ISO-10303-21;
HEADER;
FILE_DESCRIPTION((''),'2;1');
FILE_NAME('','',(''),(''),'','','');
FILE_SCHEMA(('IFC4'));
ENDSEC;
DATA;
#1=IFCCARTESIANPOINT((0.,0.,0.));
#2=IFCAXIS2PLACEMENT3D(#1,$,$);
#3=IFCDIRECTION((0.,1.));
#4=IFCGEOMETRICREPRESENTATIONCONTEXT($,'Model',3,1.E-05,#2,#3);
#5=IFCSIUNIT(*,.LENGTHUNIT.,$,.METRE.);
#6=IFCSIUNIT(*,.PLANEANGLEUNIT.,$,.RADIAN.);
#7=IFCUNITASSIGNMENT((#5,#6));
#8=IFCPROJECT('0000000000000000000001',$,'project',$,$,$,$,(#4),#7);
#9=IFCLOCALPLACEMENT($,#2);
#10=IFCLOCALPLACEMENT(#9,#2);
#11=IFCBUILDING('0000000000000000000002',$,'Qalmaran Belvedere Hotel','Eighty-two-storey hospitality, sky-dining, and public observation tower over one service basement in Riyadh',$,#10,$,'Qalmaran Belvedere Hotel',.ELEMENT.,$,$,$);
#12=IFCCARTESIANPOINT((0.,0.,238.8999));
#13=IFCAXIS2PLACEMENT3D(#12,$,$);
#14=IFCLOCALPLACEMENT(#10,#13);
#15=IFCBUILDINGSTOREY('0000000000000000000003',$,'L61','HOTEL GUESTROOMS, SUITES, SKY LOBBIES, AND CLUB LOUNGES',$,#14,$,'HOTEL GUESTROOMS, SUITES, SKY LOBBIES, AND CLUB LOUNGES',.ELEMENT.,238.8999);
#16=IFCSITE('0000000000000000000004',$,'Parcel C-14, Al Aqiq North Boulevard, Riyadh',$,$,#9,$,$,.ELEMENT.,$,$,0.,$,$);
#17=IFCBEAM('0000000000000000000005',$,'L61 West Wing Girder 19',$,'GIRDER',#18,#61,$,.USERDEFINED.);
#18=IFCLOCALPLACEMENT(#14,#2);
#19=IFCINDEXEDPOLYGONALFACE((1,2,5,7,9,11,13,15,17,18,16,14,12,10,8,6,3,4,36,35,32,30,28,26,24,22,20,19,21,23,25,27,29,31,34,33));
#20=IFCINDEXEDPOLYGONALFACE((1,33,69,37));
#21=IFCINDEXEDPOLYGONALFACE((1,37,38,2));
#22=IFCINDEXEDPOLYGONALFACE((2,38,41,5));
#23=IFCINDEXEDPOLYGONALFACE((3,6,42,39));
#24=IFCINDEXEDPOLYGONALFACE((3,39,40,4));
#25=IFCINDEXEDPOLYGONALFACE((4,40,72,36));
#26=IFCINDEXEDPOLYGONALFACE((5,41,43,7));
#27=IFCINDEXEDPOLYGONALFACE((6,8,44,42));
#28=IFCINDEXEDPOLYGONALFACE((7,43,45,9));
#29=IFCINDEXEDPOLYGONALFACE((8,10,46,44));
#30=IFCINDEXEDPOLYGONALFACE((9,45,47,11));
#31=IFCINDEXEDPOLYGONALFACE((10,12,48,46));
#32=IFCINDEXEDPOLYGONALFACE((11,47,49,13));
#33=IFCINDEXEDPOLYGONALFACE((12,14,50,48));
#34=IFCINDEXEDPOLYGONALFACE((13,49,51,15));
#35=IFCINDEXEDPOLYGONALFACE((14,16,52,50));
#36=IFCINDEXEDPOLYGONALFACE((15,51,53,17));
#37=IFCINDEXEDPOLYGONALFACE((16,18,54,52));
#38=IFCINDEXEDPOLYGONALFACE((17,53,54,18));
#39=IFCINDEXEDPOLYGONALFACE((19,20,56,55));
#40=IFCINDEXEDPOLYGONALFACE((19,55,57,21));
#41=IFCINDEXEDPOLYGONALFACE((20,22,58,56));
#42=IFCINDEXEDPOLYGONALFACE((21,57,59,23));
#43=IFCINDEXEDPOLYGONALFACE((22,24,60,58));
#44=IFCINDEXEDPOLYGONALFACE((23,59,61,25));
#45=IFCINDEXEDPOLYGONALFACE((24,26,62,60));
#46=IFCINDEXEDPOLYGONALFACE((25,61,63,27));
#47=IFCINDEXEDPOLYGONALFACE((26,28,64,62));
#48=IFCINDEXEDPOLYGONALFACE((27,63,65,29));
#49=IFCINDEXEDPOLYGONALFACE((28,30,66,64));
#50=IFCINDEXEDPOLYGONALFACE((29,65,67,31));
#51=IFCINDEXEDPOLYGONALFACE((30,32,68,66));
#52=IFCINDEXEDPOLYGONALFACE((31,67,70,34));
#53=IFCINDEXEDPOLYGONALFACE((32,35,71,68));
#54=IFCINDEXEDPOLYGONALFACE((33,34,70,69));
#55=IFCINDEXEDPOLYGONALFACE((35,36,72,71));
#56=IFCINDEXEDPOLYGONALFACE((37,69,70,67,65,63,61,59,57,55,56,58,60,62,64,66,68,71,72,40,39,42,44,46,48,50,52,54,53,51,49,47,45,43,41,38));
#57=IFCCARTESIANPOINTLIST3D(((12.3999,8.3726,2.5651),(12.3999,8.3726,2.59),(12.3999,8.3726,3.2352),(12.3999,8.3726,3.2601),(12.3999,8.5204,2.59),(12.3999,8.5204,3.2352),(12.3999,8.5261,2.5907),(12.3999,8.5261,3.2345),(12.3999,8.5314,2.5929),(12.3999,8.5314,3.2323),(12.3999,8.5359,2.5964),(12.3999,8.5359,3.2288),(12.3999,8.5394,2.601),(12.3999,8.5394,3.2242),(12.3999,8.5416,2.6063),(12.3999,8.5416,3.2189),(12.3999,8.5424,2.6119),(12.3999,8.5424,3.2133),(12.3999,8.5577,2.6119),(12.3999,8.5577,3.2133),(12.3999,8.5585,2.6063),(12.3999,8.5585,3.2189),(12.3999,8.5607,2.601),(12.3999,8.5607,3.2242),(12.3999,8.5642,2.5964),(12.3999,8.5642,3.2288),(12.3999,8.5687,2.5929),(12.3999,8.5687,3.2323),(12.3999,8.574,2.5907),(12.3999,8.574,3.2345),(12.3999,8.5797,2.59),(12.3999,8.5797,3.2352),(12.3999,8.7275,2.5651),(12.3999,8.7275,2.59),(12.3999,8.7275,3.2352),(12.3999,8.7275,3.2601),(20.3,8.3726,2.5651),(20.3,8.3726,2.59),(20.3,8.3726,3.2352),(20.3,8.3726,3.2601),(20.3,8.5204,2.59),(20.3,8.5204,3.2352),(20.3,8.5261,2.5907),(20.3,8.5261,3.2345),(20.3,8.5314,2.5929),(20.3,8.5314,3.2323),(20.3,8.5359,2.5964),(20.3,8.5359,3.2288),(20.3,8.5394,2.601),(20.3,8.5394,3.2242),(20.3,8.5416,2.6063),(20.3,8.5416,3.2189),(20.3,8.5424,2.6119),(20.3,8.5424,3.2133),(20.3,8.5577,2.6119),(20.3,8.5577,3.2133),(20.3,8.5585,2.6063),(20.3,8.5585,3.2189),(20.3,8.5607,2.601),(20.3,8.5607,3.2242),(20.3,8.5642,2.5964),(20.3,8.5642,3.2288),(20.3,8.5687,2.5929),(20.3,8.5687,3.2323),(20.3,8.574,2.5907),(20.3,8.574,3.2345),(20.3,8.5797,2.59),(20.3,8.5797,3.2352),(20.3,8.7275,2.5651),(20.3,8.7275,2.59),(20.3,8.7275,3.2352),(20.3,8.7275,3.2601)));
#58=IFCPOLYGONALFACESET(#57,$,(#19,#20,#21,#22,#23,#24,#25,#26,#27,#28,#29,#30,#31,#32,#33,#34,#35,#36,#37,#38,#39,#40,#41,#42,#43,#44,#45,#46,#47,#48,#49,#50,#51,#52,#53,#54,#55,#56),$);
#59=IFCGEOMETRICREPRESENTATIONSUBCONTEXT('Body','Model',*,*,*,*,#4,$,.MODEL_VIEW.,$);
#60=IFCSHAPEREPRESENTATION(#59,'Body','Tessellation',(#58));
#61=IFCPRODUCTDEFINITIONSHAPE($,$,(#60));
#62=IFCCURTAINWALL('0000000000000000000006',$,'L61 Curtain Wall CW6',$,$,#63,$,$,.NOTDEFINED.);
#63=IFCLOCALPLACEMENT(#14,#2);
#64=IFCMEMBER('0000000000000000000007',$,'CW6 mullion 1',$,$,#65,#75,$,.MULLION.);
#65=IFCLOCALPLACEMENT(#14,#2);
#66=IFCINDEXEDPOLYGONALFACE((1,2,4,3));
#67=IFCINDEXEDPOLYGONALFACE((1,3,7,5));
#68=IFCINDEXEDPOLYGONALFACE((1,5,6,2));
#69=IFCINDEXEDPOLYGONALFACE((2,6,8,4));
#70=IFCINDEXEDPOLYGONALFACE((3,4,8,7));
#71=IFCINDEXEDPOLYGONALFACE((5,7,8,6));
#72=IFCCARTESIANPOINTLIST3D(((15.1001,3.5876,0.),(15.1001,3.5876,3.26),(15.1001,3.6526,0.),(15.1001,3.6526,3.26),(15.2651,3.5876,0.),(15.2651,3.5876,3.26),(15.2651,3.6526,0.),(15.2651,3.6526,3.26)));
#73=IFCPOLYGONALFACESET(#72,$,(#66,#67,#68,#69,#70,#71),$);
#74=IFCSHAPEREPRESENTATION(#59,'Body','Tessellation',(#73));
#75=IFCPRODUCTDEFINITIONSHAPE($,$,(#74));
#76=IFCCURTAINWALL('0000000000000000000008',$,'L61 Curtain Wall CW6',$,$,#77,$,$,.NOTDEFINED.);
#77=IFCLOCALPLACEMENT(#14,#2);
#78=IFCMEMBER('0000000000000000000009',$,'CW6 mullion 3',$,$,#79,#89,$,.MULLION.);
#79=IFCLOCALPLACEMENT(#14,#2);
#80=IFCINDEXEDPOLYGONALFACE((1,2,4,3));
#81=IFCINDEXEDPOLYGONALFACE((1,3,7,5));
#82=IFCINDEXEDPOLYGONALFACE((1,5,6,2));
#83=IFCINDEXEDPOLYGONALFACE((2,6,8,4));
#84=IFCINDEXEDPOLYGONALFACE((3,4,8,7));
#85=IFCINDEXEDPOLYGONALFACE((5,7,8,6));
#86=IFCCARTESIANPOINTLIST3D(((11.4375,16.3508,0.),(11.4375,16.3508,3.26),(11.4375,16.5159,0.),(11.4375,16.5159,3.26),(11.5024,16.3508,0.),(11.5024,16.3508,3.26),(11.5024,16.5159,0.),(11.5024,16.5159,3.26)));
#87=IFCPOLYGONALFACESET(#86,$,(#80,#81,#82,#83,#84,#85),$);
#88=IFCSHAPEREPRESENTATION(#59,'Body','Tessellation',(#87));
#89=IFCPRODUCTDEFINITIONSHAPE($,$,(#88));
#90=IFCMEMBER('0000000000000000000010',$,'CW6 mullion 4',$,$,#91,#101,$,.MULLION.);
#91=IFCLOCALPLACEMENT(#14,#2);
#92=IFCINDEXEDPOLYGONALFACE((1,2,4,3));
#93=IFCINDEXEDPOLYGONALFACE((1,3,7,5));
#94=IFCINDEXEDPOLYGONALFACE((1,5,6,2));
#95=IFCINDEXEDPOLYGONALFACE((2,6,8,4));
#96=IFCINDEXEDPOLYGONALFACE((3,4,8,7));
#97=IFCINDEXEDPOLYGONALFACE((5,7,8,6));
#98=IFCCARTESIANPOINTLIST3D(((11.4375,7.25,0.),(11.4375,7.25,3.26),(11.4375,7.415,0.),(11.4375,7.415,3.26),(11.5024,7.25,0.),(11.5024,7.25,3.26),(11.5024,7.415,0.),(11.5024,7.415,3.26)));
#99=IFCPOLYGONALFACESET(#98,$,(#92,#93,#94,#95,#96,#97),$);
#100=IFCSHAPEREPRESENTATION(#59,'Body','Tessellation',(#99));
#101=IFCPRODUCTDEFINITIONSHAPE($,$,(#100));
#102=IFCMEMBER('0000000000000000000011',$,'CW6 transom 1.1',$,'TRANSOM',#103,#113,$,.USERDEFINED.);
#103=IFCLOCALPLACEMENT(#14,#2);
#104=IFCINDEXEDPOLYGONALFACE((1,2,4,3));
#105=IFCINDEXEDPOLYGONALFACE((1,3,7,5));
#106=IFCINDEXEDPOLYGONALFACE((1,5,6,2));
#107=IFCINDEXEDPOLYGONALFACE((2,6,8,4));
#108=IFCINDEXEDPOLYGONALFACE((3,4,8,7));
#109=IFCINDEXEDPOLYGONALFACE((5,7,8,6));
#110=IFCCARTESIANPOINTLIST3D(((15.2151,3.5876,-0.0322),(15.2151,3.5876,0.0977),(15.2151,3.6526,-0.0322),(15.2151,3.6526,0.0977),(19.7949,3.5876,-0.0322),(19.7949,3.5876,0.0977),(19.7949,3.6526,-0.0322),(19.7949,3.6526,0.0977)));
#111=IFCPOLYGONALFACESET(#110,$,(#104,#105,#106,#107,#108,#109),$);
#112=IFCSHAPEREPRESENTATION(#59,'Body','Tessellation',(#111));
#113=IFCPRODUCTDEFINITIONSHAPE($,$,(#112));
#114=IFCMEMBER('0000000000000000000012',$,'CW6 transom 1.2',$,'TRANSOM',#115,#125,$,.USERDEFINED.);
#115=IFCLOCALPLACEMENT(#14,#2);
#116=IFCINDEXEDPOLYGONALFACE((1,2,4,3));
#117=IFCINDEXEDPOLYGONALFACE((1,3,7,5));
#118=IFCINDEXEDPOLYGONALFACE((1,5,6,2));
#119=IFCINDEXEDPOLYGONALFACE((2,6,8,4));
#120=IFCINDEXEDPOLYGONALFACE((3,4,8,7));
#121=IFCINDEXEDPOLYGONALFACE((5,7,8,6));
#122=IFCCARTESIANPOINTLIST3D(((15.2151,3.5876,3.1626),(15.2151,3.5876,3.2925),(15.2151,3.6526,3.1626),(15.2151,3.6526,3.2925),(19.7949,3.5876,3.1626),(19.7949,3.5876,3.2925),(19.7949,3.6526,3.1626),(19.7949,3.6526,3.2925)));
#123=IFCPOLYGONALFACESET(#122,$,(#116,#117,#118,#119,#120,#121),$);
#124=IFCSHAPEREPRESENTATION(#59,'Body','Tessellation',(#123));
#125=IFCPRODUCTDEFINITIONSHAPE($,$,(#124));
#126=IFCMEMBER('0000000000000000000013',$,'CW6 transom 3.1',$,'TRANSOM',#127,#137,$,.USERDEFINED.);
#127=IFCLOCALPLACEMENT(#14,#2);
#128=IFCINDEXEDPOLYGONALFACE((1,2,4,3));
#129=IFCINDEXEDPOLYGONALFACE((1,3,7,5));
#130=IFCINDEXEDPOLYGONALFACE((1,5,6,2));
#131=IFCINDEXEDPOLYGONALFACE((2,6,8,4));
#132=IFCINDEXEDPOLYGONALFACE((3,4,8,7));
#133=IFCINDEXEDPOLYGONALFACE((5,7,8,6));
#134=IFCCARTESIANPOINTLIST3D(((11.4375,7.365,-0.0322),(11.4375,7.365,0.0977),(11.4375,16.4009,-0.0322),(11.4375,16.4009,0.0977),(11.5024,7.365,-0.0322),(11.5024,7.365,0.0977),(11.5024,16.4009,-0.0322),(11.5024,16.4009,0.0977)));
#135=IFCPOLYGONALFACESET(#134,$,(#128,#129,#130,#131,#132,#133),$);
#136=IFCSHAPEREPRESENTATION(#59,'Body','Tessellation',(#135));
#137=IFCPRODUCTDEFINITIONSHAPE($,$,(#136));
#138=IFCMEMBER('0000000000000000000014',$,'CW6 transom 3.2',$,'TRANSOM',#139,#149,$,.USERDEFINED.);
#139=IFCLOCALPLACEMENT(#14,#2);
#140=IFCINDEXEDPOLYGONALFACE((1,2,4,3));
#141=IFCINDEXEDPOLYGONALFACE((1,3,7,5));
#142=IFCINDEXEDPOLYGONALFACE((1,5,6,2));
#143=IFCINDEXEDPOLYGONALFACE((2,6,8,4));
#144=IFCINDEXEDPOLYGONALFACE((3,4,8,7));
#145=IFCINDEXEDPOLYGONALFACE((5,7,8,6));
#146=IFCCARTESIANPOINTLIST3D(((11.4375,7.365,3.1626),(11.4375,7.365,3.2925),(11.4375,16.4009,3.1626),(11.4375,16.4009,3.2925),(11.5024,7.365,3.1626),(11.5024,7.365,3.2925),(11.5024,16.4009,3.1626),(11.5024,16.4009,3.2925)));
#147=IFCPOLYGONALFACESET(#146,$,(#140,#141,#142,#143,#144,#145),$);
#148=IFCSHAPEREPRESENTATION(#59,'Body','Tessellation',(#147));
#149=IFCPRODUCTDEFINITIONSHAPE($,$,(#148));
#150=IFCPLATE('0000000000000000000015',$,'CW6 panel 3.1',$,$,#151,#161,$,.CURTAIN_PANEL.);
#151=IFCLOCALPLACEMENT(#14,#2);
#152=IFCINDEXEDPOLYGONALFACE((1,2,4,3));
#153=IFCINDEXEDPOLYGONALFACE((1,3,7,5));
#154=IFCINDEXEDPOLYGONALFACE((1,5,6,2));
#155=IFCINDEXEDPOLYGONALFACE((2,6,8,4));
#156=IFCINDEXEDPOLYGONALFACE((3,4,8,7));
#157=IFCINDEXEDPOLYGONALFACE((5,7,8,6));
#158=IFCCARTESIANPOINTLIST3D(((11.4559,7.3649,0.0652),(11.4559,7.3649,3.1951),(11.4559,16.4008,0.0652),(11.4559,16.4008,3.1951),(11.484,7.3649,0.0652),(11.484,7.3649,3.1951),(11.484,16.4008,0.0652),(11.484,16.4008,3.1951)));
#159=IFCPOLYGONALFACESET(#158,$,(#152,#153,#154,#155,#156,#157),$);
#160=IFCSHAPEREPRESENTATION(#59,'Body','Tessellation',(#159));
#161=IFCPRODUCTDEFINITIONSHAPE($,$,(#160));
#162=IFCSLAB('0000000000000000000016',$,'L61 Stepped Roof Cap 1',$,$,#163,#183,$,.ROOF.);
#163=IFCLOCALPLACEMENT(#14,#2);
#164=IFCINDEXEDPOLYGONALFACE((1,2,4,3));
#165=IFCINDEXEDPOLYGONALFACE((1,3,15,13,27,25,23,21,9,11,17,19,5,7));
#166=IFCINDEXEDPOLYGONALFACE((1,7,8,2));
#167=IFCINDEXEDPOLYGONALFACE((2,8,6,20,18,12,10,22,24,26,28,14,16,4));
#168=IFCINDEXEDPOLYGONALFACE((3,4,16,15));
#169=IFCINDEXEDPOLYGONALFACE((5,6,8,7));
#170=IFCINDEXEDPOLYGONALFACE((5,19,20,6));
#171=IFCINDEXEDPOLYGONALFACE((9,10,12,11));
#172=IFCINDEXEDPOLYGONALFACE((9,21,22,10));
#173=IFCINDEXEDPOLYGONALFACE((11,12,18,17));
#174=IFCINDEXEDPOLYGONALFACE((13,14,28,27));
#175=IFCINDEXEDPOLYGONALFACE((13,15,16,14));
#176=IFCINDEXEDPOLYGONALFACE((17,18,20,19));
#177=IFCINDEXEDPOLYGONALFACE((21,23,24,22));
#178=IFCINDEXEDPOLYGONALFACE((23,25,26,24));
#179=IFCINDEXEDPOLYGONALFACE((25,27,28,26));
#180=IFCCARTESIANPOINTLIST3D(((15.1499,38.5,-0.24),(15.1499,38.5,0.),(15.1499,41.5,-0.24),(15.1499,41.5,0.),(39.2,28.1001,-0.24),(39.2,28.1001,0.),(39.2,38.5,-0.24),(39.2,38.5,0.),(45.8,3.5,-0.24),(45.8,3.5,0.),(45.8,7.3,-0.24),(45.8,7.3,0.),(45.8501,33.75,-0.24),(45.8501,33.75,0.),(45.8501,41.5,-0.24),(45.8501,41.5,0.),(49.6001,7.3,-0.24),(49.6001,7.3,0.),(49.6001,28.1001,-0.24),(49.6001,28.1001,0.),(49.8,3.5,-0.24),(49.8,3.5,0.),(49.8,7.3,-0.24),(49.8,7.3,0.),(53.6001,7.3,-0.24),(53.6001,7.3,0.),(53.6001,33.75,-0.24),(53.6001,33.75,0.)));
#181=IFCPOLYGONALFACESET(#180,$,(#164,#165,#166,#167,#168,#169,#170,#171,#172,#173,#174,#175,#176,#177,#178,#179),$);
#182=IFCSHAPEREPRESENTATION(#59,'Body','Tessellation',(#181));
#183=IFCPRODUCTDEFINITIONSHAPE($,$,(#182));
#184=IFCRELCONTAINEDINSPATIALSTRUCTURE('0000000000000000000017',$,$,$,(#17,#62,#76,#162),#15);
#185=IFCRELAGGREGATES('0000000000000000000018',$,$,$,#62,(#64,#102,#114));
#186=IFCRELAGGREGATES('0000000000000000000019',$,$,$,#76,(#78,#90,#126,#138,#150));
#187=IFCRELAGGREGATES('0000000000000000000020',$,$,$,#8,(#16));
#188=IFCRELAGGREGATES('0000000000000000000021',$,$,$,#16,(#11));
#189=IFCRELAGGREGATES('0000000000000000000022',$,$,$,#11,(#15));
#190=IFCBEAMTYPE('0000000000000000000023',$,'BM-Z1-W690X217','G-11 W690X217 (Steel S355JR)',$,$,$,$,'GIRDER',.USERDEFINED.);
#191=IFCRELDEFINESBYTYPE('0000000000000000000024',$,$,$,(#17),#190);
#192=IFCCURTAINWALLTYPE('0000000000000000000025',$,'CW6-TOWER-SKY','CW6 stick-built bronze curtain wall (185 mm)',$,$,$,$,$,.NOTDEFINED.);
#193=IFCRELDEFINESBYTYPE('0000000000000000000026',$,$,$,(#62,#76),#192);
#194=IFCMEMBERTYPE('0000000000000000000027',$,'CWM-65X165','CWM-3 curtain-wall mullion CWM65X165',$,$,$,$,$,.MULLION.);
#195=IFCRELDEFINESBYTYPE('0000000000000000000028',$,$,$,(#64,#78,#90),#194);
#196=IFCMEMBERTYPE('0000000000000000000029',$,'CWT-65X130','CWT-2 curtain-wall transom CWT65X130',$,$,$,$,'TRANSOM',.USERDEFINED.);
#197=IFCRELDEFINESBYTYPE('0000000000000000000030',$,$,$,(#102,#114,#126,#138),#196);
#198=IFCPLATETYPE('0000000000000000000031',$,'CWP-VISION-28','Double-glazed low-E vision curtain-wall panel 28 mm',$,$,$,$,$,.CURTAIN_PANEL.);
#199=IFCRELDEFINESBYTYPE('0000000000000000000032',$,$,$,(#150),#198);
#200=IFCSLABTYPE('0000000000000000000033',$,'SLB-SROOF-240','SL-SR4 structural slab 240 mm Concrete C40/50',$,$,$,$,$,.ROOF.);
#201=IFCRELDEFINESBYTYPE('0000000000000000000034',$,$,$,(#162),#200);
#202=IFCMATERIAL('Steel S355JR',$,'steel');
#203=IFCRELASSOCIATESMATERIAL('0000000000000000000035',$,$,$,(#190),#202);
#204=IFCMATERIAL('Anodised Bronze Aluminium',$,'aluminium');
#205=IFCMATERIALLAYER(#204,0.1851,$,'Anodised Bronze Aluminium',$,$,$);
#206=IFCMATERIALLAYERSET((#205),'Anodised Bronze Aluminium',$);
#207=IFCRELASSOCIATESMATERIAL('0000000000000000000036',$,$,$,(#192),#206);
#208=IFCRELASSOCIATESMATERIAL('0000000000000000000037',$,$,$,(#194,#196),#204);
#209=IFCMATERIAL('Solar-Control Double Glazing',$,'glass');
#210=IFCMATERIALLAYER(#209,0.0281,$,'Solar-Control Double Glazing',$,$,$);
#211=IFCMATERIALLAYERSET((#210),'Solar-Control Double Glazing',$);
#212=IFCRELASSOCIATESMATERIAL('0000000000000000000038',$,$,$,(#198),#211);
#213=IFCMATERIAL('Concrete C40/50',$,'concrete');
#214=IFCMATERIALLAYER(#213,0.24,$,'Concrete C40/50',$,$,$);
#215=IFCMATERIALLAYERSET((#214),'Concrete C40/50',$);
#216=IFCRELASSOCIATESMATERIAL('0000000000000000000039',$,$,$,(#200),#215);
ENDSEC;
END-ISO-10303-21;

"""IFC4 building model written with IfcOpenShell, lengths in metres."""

from ifc_helpers import new_model, si_unit, direction, frame, origin, origin_2d, place, context, subcontext, project, spatial, polyline, rectangle, i_section, outline, extrude, material, layer, layer_set, material_profile, profile_set, type_object, element, aggregate, save


model = new_model("IFC4")

# Units and contexts
model_context = context("Model", 3, precision=1e-05, world=origin(), true_north=direction((0.0, 1.0)))
body_context = subcontext(model_context, "Body", "Model", "MODEL_VIEW")
ifc_project = project(units=[si_unit("LENGTHUNIT", "METRE"), si_unit("PLANEANGLEUNIT", "RADIAN")], contexts=[model_context])

# Site, building, storey
site_placement = place(None, origin())
site = spatial("IfcSite", under=ifc_project, at=site_placement, Name="Parcel C-14, Al Aqiq North Boulevard, Riyadh", CompositionType="ELEMENT", RefElevation=0.0)
building_placement = place(site_placement, origin())
building = spatial("IfcBuilding", under=site, at=building_placement, Name="Qalmaran Belvedere Hotel", Description="Eighty-two-storey hospitality, sky-dining, and public observation tower over one service basement in Riyadh", LongName="Qalmaran Belvedere Hotel", CompositionType="ELEMENT")
storey_placement = place(building_placement, frame((0.0, 0.0, 238.8999)))
storey = spatial("IfcBuildingStorey", under=building, at=storey_placement, Name="L61", Description="HOTEL GUESTROOMS, SUITES, SKY LOBBIES, AND CLUB LOUNGES", LongName="HOTEL GUESTROOMS, SUITES, SKY LOBBIES, AND CLUB LOUNGES", CompositionType="ELEMENT", Elevation=238.8999)

# Beam
ifc_material_1 = material(Name="Steel S355JR", Category="steel")
ifc_material_profile_1 = material_profile(ifc_material_1, i_section(OverallWidth=0.355, OverallDepth=0.6951, WebThickness=0.0154, FlangeThickness=0.0249, FilletRadius=0.022, at=origin_2d()), Name="W690X217")
ifc_profile_set_1 = profile_set([ifc_material_profile_1], Name="Steel S355JR")
beam_type_1 = type_object("IfcBeamType", Name="BM-Z1-W690X217", Description="G-11 W690X217 (Steel S355JR)", ElementType="GIRDER", PredefinedType="USERDEFINED", material=ifc_profile_set_1)
beam_1_placement = place(storey_placement, frame((12.3999, 8.55, 2.9126), z_axis=(1.0, 0.0, 0.0), x_axis=(0.0, 1.0, 0.0)))
element("IfcBeam", 1, at=beam_1_placement, inside=storey, type_object=beam_type_1, Name="L61 West Wing Girder 19", ObjectType="GIRDER", PredefinedType="USERDEFINED", context=body_context, shape_type="SweptSolid", body=[
    extrude(i_section(OverallWidth=0.355, OverallDepth=0.6951, WebThickness=0.0154, FlangeThickness=0.0249, FilletRadius=0.022, at=origin_2d()), origin(), (0.0, 0.0, 1.0), 7.9001),
])

# Curtain wall, member
ifc_material_2 = material(Name="Anodised Bronze Aluminium", Category="aluminium")
ifc_layer_1 = layer(ifc_material_2, 0.1851, Name="Anodised Bronze Aluminium")
ifc_layer_set_1 = layer_set([ifc_layer_1], Name="Anodised Bronze Aluminium")
curtain_wall_type = type_object("IfcCurtainWallType", Name="CW6-TOWER-SKY", Description="CW6 stick-built bronze curtain wall (185 mm)", PredefinedType="NOTDEFINED", material=ifc_layer_set_1)
curtain_wall_1_placement = place(storey_placement, origin())
curtain_wall_1 = element("IfcCurtainWall", 2, at=curtain_wall_1_placement, inside=storey, type_object=curtain_wall_type, Name="L61 Curtain Wall CW6", PredefinedType="NOTDEFINED")
ifc_material_profile_2 = material_profile(ifc_material_2, rectangle(XDim=0.0649, YDim=0.165, at=origin_2d()), Name="CWM65X165")
ifc_profile_set_2 = profile_set([ifc_material_profile_2], Name="Anodised Bronze Aluminium")
member_type_1 = type_object("IfcMemberType", Name="CWM-65X165", Description="CWM-3 curtain-wall mullion CWM65X165", PredefinedType="MULLION", material=ifc_profile_set_2)
member_1_placement = place(storey_placement, frame((15.1826, 3.6201, 0.0), z_axis=(0.0, 0.0, 1.0), x_axis=(0.0, 1.0, 0.0)))
member_1 = element("IfcMember", 3, at=member_1_placement, type_object=member_type_1, Name="CW6 mullion 1", PredefinedType="MULLION", context=body_context, shape_type="SweptSolid", body=[
    extrude(rectangle(XDim=0.0649, YDim=0.165, at=origin_2d()), origin(), (0.0, 0.0, 1.0), 3.26),
])

# Curtain wall, members
curtain_wall_2_placement = place(storey_placement, origin())
curtain_wall_2 = element("IfcCurtainWall", 4, at=curtain_wall_2_placement, inside=storey, type_object=curtain_wall_type, Name="L61 Curtain Wall CW6", PredefinedType="NOTDEFINED")
member_2_placement = place(storey_placement, frame((11.47, 16.4333, 0.0), z_axis=(0.0, 0.0, 1.0), x_axis=(1.0, 0.0, 0.0)))
member_2 = element("IfcMember", 5, at=member_2_placement, type_object=member_type_1, Name="CW6 mullion 3", PredefinedType="MULLION", context=body_context, shape_type="SweptSolid", body=[
    extrude(rectangle(XDim=0.0649, YDim=0.165, at=origin_2d()), origin(), (0.0, 0.0, 1.0), 3.26),
])
member_3_placement = place(storey_placement, frame((11.47, 7.3325, 0.0), z_axis=(0.0, 0.0, 1.0), x_axis=(1.0, 0.0, 0.0)))
member_3 = element("IfcMember", 6, at=member_3_placement, type_object=member_type_1, Name="CW6 mullion 4", PredefinedType="MULLION", context=body_context, shape_type="SweptSolid", body=[
    extrude(rectangle(XDim=0.0649, YDim=0.165, at=origin_2d()), origin(), (0.0, 0.0, 1.0), 3.26),
])

# Members
ifc_material_profile_3 = material_profile(ifc_material_2, rectangle(XDim=0.0649, YDim=0.1299, at=origin_2d()), Name="CWT65X130")
ifc_profile_set_3 = profile_set([ifc_material_profile_3], Name="Anodised Bronze Aluminium")
member_type_2 = type_object("IfcMemberType", Name="CWT-65X130", Description="CWT-2 curtain-wall transom CWT65X130", ElementType="TRANSOM", PredefinedType="USERDEFINED", material=ifc_profile_set_3)
member_4_placement = place(storey_placement, frame((15.2151, 3.6201, 0.0327), z_axis=(1.0, 0.0, 0.0), x_axis=(0.0, 1.0, 0.0)))
member_4 = element("IfcMember", 7, at=member_4_placement, type_object=member_type_2, Name="CW6 transom 1.1", ObjectType="TRANSOM", PredefinedType="USERDEFINED", context=body_context, shape_type="SweptSolid", body=[
    extrude(rectangle(XDim=0.0649, YDim=0.1299, at=origin_2d()), origin(), (0.0, 0.0, 1.0), 4.5798),
])
member_5_placement = place(storey_placement, frame((15.2151, 3.6201, 3.2275), z_axis=(1.0, 0.0, 0.0), x_axis=(0.0, 1.0, 0.0)))
member_5 = element("IfcMember", 8, at=member_5_placement, type_object=member_type_2, Name="CW6 transom 1.2", ObjectType="TRANSOM", PredefinedType="USERDEFINED", context=body_context, shape_type="SweptSolid", body=[
    extrude(rectangle(XDim=0.0649, YDim=0.1299, at=origin_2d()), origin(), (0.0, 0.0, 1.0), 4.5798),
])
aggregate(curtain_wall_1, [member_1, member_4, member_5])
member_6_placement = place(storey_placement, frame((11.47, 16.4009, 0.0327), z_axis=(0.0, -1.0, 0.0), x_axis=(1.0, 0.0, 0.0)))
member_6 = element("IfcMember", 9, at=member_6_placement, type_object=member_type_2, Name="CW6 transom 3.1", ObjectType="TRANSOM", PredefinedType="USERDEFINED", context=body_context, shape_type="SweptSolid", body=[
    extrude(rectangle(XDim=0.0649, YDim=0.1299, at=origin_2d()), origin(), (0.0, 0.0, 1.0), 9.0359),
])
member_7_placement = place(storey_placement, frame((11.47, 16.4009, 3.2275), z_axis=(0.0, -1.0, 0.0), x_axis=(1.0, 0.0, 0.0)))
member_7 = element("IfcMember", 10, at=member_7_placement, type_object=member_type_2, Name="CW6 transom 3.2", ObjectType="TRANSOM", PredefinedType="USERDEFINED", context=body_context, shape_type="SweptSolid", body=[
    extrude(rectangle(XDim=0.0649, YDim=0.1299, at=origin_2d()), origin(), (0.0, 0.0, 1.0), 9.0359),
])

# Plate
ifc_material_3 = material(Name="Solar-Control Double Glazing", Category="glass")
ifc_layer_2 = layer(ifc_material_3, 0.0281, Name="Solar-Control Double Glazing")
ifc_layer_set_2 = layer_set([ifc_layer_2], Name="Solar-Control Double Glazing")
plate_type = type_object("IfcPlateType", Name="CWP-VISION-28", Description="Double-glazed low-E vision curtain-wall panel 28 mm", PredefinedType="CURTAIN_PANEL", material=ifc_layer_set_2)
plate_placement = place(storey_placement, frame((11.47, 11.8828, 0.0652), z_axis=(0.0, 0.0, 1.0), x_axis=(0.0, -1.0, 0.0)))
plate = element("IfcPlate", 11, at=plate_placement, type_object=plate_type, Name="CW6 panel 3.1", PredefinedType="CURTAIN_PANEL", context=body_context, shape_type="SweptSolid", body=[
    extrude(rectangle(XDim=9.0359, YDim=0.0281, at=origin_2d()), origin(), (0.0, 0.0, 1.0), 3.1299),
])
aggregate(curtain_wall_2, [member_2, member_3, member_6, member_7, plate])

# Slab
ifc_material_4 = material(Name="Concrete C40/50", Category="concrete")
ifc_layer_3 = layer(ifc_material_4, 0.24, Name="Concrete C40/50")
ifc_layer_set_3 = layer_set([ifc_layer_3], Name="Concrete C40/50")
slab_type_1 = type_object("IfcSlabType", Name="SLB-SROOF-240", Description="SL-SR4 structural slab 240 mm Concrete C40/50", PredefinedType="ROOF", material=ifc_layer_set_3)
slab_1_placement = place(storey_placement, frame((0.0, 0.0, -0.24)))
element("IfcSlab", 12, at=slab_1_placement, inside=storey, type_object=slab_type_1, Name="L61 Stepped Roof Cap 1", PredefinedType="ROOF", context=body_context, shape_type="SweptSolid", body=[
    extrude(outline(polyline([(15.1499, 41.5), (45.8501, 41.5), (45.8501, 33.75), (53.6001, 33.75), (53.6001, 7.3), (49.8, 7.3), (49.8, 3.5), (45.8, 3.5), (45.8, 7.3), (49.6001, 7.3), (49.6001, 28.1001), (39.2, 28.1001), (39.2, 38.5), (15.1499, 38.5), (15.1499, 41.5)])), origin(), (0.0, 0.0, 1.0), 0.24),
])

save(model, "model.ifc")
